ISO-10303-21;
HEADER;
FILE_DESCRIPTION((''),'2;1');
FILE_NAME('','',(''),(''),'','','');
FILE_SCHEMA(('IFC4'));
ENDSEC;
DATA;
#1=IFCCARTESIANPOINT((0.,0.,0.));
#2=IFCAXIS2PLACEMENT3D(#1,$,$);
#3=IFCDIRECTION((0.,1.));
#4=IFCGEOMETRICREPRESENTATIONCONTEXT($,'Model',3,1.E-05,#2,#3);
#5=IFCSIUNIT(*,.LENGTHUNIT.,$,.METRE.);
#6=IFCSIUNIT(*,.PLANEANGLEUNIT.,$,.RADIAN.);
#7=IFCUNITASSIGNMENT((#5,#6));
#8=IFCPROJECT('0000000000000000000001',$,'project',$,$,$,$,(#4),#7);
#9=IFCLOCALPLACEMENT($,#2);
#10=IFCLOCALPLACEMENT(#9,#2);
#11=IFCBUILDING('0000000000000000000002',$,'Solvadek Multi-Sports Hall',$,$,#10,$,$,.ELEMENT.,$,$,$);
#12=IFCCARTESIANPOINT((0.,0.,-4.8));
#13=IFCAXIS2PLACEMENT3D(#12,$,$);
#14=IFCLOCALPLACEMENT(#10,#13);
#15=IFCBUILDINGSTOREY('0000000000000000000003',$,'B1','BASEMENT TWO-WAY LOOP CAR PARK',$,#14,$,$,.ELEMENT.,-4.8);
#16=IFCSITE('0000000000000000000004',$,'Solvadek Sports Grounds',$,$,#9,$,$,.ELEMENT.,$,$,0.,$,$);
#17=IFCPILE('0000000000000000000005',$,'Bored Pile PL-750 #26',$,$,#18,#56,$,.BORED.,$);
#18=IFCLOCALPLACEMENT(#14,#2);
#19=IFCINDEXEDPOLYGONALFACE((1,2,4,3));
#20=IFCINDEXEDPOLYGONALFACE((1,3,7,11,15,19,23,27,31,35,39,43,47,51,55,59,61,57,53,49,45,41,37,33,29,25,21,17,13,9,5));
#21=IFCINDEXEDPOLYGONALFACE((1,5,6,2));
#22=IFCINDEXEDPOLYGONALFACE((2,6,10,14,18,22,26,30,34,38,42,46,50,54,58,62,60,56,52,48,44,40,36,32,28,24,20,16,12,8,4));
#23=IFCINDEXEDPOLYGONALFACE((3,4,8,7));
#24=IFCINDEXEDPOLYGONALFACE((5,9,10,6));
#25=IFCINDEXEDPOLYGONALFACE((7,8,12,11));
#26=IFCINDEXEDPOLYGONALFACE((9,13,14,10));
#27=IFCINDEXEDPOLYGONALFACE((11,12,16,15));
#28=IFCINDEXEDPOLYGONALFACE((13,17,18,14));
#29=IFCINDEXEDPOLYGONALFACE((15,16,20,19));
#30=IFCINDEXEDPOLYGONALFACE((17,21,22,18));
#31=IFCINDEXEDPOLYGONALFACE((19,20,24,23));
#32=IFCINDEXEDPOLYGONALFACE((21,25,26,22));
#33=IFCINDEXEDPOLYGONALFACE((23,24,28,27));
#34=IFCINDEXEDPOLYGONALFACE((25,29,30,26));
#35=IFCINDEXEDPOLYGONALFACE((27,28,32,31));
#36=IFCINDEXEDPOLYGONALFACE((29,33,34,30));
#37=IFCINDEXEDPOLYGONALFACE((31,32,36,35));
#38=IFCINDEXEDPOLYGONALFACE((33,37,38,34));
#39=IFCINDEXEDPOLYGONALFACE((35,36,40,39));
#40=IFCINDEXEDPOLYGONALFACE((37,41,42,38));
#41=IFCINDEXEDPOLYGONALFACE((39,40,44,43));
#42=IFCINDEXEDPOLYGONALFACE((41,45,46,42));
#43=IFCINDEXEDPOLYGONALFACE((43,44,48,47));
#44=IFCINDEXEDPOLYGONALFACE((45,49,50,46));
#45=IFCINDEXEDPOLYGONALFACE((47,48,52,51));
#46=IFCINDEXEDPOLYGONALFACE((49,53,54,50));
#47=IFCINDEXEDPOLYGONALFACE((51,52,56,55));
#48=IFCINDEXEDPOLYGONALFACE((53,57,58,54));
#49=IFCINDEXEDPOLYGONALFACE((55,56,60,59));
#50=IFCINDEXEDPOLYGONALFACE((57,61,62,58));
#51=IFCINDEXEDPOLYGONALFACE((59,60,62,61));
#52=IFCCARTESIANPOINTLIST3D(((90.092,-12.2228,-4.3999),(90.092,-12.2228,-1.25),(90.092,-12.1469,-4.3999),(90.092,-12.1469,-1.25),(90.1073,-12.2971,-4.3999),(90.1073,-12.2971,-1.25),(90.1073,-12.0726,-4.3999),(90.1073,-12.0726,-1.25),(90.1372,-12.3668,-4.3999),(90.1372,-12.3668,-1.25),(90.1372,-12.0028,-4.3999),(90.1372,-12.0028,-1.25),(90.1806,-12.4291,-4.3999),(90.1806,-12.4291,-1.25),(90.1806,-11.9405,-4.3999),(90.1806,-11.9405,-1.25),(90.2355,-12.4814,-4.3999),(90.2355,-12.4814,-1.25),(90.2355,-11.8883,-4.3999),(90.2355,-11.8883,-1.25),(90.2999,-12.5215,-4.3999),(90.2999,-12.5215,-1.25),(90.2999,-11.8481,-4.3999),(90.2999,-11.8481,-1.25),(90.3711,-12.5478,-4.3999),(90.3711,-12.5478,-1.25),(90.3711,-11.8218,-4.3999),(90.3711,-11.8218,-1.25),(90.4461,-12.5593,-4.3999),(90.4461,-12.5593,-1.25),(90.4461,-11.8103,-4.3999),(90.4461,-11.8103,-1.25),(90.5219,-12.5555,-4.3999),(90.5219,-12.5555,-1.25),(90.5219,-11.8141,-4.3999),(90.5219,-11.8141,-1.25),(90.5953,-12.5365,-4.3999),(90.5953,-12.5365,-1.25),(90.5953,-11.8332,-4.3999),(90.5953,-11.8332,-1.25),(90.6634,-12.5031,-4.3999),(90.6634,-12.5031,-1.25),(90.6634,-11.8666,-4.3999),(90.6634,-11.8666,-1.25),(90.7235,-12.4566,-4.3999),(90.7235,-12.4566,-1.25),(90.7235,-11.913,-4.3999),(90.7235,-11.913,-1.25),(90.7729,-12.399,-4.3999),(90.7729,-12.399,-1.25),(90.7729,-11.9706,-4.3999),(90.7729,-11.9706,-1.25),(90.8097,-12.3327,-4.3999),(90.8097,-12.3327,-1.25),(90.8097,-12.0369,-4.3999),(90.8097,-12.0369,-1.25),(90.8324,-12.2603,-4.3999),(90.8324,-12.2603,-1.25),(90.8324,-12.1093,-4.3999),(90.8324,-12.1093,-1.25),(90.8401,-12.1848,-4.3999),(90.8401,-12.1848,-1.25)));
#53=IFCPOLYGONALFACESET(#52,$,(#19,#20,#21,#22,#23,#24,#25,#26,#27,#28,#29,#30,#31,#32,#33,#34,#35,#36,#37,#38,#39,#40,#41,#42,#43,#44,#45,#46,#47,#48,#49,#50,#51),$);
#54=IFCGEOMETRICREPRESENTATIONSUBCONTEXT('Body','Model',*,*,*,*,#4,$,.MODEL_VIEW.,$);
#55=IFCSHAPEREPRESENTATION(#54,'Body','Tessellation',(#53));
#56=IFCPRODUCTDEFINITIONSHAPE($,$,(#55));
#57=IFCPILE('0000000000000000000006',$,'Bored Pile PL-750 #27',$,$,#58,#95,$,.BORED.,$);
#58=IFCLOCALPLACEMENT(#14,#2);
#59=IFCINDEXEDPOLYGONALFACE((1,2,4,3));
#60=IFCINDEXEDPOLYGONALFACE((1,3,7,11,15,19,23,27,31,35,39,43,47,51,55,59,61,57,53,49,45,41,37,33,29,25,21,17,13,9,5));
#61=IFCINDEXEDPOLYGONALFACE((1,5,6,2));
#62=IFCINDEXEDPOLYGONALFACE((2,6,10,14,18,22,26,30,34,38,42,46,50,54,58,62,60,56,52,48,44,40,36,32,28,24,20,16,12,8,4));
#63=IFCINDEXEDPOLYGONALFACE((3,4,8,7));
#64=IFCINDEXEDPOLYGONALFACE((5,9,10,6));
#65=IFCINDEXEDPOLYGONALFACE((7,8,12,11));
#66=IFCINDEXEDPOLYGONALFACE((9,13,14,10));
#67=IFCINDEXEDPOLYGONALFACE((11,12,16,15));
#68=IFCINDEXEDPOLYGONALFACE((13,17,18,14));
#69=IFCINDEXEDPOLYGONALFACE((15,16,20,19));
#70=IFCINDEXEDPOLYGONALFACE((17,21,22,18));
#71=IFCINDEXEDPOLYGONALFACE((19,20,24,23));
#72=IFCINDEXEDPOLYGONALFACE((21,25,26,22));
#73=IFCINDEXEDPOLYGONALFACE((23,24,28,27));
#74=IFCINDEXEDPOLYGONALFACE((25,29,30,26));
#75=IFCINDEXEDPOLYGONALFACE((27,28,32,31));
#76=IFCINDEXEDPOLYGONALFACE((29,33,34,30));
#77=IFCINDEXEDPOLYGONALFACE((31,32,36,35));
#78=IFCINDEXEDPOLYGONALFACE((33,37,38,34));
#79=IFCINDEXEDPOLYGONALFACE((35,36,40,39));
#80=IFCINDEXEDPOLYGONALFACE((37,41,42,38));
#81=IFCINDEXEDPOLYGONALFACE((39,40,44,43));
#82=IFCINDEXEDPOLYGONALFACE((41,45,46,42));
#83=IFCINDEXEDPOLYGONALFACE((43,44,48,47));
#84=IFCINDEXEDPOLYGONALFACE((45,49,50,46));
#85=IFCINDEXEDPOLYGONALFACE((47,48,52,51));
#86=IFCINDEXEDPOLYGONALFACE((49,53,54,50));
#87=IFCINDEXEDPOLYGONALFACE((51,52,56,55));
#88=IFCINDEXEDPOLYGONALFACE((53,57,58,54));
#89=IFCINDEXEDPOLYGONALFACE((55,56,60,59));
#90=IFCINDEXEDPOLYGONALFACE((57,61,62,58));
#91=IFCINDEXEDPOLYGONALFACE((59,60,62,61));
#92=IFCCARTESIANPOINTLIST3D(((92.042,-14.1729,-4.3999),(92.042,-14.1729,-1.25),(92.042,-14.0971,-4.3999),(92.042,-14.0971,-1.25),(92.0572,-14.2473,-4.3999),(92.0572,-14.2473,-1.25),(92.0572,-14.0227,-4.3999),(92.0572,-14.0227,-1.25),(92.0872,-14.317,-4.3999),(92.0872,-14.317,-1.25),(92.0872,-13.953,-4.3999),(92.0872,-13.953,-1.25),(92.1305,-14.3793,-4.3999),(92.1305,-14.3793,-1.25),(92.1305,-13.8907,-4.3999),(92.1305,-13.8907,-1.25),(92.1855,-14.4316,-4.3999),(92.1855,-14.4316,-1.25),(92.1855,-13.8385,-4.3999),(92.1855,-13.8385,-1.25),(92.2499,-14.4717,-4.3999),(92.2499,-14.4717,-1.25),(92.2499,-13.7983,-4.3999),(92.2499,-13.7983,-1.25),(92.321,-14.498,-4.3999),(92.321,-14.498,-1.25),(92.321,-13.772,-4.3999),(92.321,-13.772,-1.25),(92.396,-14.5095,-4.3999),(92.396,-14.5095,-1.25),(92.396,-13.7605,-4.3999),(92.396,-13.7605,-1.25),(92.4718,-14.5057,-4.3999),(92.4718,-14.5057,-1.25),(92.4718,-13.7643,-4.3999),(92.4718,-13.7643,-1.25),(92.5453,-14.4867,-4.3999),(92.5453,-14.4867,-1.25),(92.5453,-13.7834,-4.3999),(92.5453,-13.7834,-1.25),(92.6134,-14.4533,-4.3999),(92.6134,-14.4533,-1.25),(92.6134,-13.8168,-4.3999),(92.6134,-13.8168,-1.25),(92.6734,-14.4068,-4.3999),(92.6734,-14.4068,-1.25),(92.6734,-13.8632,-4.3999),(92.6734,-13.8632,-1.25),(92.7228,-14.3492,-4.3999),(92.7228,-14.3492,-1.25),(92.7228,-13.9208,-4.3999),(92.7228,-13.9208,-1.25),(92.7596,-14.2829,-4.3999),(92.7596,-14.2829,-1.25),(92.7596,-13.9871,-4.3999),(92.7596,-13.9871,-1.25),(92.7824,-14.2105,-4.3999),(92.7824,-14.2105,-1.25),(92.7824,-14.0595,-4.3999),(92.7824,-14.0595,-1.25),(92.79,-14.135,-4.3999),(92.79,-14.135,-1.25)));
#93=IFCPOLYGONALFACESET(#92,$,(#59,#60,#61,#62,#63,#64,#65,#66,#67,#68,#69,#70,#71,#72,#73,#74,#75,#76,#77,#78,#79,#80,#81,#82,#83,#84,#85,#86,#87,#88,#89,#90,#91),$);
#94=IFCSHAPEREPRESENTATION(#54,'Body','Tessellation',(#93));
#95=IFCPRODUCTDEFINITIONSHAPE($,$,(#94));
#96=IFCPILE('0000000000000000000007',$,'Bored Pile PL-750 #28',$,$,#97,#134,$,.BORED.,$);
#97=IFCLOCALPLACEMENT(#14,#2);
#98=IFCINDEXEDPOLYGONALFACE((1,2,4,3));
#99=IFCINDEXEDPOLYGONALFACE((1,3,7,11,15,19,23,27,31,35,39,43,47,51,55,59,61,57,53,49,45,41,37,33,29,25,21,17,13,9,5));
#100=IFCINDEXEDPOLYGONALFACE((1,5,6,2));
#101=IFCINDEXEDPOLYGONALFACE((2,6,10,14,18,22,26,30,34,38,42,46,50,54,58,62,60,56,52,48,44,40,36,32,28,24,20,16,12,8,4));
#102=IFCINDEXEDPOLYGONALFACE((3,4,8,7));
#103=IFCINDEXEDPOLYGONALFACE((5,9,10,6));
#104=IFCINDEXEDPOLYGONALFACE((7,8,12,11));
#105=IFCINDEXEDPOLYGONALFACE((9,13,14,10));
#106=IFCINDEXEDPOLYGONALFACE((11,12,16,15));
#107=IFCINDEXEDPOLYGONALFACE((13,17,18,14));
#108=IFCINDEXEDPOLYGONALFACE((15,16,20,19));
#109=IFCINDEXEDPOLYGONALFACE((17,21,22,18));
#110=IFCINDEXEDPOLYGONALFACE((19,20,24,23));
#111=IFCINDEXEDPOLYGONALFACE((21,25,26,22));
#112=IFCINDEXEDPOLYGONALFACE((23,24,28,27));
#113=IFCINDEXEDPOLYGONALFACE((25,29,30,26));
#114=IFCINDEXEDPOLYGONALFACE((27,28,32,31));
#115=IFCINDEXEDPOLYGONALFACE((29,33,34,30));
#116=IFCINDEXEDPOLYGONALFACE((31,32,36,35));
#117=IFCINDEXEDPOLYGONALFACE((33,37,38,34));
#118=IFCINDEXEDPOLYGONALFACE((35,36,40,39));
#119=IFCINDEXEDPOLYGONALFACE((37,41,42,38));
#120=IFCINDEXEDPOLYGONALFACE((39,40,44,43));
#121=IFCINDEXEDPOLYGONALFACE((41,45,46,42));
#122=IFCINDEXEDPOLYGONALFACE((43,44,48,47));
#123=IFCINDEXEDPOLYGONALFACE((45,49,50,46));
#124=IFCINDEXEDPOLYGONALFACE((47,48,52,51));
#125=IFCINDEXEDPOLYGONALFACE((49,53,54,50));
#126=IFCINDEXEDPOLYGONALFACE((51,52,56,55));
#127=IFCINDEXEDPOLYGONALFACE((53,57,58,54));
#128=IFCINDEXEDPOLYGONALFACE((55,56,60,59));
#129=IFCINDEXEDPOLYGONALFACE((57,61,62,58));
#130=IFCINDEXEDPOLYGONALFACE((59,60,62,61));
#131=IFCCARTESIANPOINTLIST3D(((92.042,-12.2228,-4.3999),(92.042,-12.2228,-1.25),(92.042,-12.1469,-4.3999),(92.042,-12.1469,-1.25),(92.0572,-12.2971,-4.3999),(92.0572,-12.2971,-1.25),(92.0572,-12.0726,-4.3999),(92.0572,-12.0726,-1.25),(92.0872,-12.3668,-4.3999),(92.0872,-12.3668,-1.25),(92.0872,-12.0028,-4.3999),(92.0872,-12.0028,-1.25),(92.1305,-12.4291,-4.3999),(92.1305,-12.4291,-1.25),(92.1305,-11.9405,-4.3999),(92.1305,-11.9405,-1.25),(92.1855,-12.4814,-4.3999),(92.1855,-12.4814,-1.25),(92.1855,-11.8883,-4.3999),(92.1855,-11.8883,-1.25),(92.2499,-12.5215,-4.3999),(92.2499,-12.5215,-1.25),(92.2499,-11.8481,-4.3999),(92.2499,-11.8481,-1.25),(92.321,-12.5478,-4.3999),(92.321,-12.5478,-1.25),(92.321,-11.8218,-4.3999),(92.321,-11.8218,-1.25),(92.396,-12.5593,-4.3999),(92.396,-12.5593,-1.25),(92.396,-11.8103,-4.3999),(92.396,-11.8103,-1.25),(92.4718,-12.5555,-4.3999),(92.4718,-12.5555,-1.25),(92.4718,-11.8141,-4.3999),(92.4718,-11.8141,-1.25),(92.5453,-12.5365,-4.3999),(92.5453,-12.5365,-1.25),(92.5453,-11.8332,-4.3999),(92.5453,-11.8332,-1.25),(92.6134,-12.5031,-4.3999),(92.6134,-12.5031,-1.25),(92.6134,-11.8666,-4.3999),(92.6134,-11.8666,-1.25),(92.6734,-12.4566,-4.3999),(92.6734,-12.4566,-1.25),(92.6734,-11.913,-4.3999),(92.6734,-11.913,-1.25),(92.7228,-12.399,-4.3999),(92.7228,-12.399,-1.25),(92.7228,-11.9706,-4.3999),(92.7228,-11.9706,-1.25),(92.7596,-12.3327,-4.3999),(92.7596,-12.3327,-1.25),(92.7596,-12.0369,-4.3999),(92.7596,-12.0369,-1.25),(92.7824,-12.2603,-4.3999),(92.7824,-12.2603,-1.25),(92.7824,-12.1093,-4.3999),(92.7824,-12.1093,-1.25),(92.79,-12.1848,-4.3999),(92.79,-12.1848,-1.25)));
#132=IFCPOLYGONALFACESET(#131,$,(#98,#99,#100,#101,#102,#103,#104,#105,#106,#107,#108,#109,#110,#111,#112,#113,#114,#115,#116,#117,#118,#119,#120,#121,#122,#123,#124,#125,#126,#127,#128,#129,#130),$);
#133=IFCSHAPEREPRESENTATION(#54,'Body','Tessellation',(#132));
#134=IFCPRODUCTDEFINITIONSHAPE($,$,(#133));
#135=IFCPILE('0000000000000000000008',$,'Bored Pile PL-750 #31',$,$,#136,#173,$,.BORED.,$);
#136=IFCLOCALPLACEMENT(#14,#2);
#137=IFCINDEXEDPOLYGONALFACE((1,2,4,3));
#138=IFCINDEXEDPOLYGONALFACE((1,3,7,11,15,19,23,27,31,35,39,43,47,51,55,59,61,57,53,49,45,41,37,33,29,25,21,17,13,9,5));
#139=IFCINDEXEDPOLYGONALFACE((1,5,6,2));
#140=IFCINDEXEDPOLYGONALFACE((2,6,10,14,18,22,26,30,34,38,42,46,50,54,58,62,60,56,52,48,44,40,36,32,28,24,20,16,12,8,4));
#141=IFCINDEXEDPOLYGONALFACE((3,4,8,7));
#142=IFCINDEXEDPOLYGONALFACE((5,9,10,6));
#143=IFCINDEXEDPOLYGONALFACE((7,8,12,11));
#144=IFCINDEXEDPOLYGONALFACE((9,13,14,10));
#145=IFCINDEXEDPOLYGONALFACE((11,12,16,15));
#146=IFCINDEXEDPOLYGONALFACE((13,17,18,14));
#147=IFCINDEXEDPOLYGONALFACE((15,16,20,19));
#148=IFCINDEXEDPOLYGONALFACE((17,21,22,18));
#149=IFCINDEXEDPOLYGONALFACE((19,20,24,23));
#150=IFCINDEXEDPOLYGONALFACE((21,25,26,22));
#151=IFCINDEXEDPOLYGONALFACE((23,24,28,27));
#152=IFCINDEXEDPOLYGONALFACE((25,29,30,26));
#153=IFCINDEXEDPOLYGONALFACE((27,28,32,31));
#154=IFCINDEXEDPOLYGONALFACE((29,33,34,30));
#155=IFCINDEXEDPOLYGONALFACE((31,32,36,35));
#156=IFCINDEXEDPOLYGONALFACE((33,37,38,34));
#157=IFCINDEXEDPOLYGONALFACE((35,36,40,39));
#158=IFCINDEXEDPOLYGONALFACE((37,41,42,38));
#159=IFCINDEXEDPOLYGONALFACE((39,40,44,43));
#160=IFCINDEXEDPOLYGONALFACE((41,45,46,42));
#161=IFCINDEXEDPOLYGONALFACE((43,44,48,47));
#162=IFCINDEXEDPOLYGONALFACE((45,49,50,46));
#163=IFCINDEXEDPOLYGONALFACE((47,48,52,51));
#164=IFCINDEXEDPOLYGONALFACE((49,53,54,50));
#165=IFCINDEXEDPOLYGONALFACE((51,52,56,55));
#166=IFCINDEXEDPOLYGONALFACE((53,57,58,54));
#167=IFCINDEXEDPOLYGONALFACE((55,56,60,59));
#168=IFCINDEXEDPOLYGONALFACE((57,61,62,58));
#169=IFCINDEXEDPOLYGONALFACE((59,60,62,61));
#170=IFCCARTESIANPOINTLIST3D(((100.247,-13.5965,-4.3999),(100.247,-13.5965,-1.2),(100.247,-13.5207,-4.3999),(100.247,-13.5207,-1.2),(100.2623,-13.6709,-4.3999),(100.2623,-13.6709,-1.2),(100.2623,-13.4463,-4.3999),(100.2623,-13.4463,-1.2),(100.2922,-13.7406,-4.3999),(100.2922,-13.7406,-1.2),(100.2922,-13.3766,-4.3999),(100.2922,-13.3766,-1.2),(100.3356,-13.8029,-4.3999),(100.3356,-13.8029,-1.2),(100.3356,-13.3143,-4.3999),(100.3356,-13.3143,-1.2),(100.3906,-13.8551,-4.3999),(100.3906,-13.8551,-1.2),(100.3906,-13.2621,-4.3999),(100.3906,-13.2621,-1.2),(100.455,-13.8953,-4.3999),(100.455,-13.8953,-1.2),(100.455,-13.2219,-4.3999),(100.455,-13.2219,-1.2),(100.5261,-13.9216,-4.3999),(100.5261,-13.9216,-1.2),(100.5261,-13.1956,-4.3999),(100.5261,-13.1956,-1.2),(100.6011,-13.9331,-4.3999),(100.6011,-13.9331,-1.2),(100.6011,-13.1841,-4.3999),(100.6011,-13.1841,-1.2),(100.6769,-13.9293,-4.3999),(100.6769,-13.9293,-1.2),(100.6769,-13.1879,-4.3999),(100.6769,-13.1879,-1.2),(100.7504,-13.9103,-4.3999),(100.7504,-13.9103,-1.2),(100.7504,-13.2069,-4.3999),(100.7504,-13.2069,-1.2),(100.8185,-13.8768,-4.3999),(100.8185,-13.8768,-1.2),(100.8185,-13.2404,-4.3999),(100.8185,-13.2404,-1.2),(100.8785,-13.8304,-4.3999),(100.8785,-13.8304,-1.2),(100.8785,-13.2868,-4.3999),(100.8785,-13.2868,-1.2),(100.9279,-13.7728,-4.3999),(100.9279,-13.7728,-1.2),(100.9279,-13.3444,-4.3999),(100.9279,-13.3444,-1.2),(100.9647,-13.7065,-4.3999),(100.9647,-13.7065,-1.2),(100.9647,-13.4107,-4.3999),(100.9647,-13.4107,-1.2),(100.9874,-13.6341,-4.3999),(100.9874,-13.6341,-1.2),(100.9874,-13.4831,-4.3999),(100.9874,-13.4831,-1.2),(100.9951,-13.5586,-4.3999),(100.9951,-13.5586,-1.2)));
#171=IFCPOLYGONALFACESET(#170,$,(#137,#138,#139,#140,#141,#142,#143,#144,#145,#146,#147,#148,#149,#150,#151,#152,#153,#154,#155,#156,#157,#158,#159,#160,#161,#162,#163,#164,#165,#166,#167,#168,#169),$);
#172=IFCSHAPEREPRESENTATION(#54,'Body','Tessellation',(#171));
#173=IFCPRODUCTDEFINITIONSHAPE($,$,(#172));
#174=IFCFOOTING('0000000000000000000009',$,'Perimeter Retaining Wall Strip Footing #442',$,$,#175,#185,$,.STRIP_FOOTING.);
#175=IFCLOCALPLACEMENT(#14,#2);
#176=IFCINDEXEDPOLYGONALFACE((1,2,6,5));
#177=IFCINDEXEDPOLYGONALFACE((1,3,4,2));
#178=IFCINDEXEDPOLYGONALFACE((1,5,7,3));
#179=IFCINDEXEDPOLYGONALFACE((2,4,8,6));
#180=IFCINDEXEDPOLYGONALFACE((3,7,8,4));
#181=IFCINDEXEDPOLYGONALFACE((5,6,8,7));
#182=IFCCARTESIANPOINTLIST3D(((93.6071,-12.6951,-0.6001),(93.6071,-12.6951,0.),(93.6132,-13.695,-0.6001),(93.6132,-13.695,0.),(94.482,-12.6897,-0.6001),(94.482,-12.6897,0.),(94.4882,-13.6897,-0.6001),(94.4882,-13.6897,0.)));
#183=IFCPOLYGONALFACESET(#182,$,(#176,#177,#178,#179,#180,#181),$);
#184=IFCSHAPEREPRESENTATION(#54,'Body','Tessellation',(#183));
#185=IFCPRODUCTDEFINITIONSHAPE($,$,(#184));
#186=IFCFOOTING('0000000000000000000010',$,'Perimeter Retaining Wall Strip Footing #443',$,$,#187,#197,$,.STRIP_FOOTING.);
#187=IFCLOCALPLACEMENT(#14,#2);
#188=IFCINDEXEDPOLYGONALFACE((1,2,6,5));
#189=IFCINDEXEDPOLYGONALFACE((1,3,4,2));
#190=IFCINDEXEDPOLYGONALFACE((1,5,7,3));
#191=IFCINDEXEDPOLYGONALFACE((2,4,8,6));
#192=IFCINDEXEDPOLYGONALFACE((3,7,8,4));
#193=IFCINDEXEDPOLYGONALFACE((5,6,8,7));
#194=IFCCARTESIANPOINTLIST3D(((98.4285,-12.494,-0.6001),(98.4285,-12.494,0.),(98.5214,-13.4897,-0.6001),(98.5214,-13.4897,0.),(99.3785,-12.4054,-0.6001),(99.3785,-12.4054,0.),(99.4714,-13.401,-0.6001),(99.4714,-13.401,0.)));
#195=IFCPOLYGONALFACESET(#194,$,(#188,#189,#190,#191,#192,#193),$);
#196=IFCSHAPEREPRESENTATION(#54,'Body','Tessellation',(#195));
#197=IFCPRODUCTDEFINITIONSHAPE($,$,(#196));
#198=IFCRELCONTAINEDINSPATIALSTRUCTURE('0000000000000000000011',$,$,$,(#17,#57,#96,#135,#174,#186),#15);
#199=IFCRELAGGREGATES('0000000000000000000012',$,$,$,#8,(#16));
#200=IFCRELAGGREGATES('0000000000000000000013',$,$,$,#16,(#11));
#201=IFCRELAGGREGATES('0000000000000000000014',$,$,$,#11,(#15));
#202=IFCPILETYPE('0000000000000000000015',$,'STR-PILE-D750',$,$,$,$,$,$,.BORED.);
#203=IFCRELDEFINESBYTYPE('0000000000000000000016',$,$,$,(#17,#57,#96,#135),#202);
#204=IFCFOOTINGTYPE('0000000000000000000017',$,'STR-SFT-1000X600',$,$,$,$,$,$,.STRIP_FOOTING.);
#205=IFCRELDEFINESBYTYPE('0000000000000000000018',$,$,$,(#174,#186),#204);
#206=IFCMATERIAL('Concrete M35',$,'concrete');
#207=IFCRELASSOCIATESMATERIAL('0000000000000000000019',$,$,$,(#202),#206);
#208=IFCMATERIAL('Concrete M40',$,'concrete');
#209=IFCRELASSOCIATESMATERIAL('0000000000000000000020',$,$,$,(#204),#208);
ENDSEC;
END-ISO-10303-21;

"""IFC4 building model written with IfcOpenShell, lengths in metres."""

from ifc_helpers import new_model, si_unit, direction, frame, origin, origin_2d, place, context, subcontext, project, spatial, rectangle, circle, extrude, material, material_profile, profile_set, type_object, element, save


model = new_model("IFC4")

# Units and contexts
model_context = context("Model", 3, precision=1e-05, world=origin(), true_north=direction((0.0, 1.0)))
body_context = subcontext(model_context, "Body", "Model", "MODEL_VIEW")
ifc_project = project(units=[si_unit("LENGTHUNIT", "METRE"), si_unit("PLANEANGLEUNIT", "RADIAN")], contexts=[model_context])

# Site, building, storey
site_placement = place(None, origin())
site = spatial("IfcSite", under=ifc_project, at=site_placement, Name="Solvadek Sports Grounds", CompositionType="ELEMENT", RefElevation=0.0)
building_placement = place(site_placement, origin())
building = spatial("IfcBuilding", under=site, at=building_placement, Name="Solvadek Multi-Sports Hall", CompositionType="ELEMENT")
storey_placement = place(building_placement, frame((0.0, 0.0, -4.8)))
storey = spatial("IfcBuildingStorey", under=building, at=storey_placement, Name="B1", Description="BASEMENT TWO-WAY LOOP CAR PARK", CompositionType="ELEMENT", Elevation=-4.8)

# Shared definitions
ifc_material_1 = material(Name="Concrete M40", Category="concrete")

# Piles
ifc_material_2 = material(Name="Concrete M35", Category="concrete")
ifc_material_profile_1 = material_profile(ifc_material_2, circle(Radius=0.375, at=origin_2d()), Name="BORED PILE D750")
ifc_profile_set_1 = profile_set([ifc_material_profile_1], Name="Concrete M35")
pile_type_1 = type_object("IfcPileType", Name="STR-PILE-D750", PredefinedType="BORED", material=ifc_profile_set_1)
for number, where, z_axis, x_axis, name in (
    (1, (90.4651, -12.1848, -1.25), (0.0, 0.0, -1.0), (1.0, 0.0, 0.0), "Bored Pile PL-750 #26"),
    (2, (92.415, -14.135, -1.25), (0.0, 0.0, -1.0), (1.0, 0.0, 0.0), "Bored Pile PL-750 #27"),
    (3, (92.415, -12.1848, -1.25), (0.0, 0.0, -1.0), (1.0, 0.0, 0.0), "Bored Pile PL-750 #28"),
):
    element("IfcPile", number, at=place(storey_placement, frame(where, z_axis=z_axis, x_axis=x_axis)), inside=storey, type_object=pile_type_1, Name=name, PredefinedType="BORED", context=body_context, shape_type="SweptSolid", body=[
        extrude(circle(Radius=0.375, at=origin_2d()), origin(), (0.0, 0.0, 1.0), 3.1499),
    ])
pile_placement = place(storey_placement, frame((100.6201, -13.5586, -1.2), z_axis=(0.0, 0.0, -1.0), x_axis=(1.0, 0.0, 0.0)))
element("IfcPile", 4, at=pile_placement, inside=storey, type_object=pile_type_1, Name="Bored Pile PL-750 #31", PredefinedType="BORED", context=body_context, shape_type="SweptSolid", body=[
    extrude(circle(Radius=0.375, at=origin_2d()), origin(), (0.0, 0.0, 1.0), 3.2),
])

# Footings
footing_type_1 = type_object("IfcFootingType", Name="STR-SFT-1000X600", PredefinedType="STRIP_FOOTING", material=ifc_material_1)
footing_1_placement = place(storey_placement, frame((94.0476, -13.1924, -0.6001), z_axis=(0.0, 0.0, 1.0), x_axis=(0.999981, 0.006109, 0.0)))
element("IfcFooting", 5, at=footing_1_placement, inside=storey, type_object=footing_type_1, Name="Perimeter Retaining Wall Strip Footing #442", PredefinedType="STRIP_FOOTING", context=body_context, shape_type="SweptSolid", body=[
    extrude(rectangle(XDim=0.875, YDim=1.0, at=origin_2d()), origin(), (0.0, 0.0, 1.0), 0.6001),
])
footing_2_placement = place(storey_placement, frame((98.95, -12.9475, -0.6001), z_axis=(0.0, 0.0, 1.0), x_axis=(0.995676, 0.092892, 0.0)))
element("IfcFooting", 6, at=footing_2_placement, inside=storey, type_object=footing_type_1, Name="Perimeter Retaining Wall Strip Footing #443", PredefinedType="STRIP_FOOTING", context=body_context, shape_type="SweptSolid", body=[
    extrude(rectangle(XDim=0.9541, YDim=1.0, at=origin_2d()), origin(), (0.0, 0.0, 1.0), 0.6001),
])

save(model, "model.ifc")
